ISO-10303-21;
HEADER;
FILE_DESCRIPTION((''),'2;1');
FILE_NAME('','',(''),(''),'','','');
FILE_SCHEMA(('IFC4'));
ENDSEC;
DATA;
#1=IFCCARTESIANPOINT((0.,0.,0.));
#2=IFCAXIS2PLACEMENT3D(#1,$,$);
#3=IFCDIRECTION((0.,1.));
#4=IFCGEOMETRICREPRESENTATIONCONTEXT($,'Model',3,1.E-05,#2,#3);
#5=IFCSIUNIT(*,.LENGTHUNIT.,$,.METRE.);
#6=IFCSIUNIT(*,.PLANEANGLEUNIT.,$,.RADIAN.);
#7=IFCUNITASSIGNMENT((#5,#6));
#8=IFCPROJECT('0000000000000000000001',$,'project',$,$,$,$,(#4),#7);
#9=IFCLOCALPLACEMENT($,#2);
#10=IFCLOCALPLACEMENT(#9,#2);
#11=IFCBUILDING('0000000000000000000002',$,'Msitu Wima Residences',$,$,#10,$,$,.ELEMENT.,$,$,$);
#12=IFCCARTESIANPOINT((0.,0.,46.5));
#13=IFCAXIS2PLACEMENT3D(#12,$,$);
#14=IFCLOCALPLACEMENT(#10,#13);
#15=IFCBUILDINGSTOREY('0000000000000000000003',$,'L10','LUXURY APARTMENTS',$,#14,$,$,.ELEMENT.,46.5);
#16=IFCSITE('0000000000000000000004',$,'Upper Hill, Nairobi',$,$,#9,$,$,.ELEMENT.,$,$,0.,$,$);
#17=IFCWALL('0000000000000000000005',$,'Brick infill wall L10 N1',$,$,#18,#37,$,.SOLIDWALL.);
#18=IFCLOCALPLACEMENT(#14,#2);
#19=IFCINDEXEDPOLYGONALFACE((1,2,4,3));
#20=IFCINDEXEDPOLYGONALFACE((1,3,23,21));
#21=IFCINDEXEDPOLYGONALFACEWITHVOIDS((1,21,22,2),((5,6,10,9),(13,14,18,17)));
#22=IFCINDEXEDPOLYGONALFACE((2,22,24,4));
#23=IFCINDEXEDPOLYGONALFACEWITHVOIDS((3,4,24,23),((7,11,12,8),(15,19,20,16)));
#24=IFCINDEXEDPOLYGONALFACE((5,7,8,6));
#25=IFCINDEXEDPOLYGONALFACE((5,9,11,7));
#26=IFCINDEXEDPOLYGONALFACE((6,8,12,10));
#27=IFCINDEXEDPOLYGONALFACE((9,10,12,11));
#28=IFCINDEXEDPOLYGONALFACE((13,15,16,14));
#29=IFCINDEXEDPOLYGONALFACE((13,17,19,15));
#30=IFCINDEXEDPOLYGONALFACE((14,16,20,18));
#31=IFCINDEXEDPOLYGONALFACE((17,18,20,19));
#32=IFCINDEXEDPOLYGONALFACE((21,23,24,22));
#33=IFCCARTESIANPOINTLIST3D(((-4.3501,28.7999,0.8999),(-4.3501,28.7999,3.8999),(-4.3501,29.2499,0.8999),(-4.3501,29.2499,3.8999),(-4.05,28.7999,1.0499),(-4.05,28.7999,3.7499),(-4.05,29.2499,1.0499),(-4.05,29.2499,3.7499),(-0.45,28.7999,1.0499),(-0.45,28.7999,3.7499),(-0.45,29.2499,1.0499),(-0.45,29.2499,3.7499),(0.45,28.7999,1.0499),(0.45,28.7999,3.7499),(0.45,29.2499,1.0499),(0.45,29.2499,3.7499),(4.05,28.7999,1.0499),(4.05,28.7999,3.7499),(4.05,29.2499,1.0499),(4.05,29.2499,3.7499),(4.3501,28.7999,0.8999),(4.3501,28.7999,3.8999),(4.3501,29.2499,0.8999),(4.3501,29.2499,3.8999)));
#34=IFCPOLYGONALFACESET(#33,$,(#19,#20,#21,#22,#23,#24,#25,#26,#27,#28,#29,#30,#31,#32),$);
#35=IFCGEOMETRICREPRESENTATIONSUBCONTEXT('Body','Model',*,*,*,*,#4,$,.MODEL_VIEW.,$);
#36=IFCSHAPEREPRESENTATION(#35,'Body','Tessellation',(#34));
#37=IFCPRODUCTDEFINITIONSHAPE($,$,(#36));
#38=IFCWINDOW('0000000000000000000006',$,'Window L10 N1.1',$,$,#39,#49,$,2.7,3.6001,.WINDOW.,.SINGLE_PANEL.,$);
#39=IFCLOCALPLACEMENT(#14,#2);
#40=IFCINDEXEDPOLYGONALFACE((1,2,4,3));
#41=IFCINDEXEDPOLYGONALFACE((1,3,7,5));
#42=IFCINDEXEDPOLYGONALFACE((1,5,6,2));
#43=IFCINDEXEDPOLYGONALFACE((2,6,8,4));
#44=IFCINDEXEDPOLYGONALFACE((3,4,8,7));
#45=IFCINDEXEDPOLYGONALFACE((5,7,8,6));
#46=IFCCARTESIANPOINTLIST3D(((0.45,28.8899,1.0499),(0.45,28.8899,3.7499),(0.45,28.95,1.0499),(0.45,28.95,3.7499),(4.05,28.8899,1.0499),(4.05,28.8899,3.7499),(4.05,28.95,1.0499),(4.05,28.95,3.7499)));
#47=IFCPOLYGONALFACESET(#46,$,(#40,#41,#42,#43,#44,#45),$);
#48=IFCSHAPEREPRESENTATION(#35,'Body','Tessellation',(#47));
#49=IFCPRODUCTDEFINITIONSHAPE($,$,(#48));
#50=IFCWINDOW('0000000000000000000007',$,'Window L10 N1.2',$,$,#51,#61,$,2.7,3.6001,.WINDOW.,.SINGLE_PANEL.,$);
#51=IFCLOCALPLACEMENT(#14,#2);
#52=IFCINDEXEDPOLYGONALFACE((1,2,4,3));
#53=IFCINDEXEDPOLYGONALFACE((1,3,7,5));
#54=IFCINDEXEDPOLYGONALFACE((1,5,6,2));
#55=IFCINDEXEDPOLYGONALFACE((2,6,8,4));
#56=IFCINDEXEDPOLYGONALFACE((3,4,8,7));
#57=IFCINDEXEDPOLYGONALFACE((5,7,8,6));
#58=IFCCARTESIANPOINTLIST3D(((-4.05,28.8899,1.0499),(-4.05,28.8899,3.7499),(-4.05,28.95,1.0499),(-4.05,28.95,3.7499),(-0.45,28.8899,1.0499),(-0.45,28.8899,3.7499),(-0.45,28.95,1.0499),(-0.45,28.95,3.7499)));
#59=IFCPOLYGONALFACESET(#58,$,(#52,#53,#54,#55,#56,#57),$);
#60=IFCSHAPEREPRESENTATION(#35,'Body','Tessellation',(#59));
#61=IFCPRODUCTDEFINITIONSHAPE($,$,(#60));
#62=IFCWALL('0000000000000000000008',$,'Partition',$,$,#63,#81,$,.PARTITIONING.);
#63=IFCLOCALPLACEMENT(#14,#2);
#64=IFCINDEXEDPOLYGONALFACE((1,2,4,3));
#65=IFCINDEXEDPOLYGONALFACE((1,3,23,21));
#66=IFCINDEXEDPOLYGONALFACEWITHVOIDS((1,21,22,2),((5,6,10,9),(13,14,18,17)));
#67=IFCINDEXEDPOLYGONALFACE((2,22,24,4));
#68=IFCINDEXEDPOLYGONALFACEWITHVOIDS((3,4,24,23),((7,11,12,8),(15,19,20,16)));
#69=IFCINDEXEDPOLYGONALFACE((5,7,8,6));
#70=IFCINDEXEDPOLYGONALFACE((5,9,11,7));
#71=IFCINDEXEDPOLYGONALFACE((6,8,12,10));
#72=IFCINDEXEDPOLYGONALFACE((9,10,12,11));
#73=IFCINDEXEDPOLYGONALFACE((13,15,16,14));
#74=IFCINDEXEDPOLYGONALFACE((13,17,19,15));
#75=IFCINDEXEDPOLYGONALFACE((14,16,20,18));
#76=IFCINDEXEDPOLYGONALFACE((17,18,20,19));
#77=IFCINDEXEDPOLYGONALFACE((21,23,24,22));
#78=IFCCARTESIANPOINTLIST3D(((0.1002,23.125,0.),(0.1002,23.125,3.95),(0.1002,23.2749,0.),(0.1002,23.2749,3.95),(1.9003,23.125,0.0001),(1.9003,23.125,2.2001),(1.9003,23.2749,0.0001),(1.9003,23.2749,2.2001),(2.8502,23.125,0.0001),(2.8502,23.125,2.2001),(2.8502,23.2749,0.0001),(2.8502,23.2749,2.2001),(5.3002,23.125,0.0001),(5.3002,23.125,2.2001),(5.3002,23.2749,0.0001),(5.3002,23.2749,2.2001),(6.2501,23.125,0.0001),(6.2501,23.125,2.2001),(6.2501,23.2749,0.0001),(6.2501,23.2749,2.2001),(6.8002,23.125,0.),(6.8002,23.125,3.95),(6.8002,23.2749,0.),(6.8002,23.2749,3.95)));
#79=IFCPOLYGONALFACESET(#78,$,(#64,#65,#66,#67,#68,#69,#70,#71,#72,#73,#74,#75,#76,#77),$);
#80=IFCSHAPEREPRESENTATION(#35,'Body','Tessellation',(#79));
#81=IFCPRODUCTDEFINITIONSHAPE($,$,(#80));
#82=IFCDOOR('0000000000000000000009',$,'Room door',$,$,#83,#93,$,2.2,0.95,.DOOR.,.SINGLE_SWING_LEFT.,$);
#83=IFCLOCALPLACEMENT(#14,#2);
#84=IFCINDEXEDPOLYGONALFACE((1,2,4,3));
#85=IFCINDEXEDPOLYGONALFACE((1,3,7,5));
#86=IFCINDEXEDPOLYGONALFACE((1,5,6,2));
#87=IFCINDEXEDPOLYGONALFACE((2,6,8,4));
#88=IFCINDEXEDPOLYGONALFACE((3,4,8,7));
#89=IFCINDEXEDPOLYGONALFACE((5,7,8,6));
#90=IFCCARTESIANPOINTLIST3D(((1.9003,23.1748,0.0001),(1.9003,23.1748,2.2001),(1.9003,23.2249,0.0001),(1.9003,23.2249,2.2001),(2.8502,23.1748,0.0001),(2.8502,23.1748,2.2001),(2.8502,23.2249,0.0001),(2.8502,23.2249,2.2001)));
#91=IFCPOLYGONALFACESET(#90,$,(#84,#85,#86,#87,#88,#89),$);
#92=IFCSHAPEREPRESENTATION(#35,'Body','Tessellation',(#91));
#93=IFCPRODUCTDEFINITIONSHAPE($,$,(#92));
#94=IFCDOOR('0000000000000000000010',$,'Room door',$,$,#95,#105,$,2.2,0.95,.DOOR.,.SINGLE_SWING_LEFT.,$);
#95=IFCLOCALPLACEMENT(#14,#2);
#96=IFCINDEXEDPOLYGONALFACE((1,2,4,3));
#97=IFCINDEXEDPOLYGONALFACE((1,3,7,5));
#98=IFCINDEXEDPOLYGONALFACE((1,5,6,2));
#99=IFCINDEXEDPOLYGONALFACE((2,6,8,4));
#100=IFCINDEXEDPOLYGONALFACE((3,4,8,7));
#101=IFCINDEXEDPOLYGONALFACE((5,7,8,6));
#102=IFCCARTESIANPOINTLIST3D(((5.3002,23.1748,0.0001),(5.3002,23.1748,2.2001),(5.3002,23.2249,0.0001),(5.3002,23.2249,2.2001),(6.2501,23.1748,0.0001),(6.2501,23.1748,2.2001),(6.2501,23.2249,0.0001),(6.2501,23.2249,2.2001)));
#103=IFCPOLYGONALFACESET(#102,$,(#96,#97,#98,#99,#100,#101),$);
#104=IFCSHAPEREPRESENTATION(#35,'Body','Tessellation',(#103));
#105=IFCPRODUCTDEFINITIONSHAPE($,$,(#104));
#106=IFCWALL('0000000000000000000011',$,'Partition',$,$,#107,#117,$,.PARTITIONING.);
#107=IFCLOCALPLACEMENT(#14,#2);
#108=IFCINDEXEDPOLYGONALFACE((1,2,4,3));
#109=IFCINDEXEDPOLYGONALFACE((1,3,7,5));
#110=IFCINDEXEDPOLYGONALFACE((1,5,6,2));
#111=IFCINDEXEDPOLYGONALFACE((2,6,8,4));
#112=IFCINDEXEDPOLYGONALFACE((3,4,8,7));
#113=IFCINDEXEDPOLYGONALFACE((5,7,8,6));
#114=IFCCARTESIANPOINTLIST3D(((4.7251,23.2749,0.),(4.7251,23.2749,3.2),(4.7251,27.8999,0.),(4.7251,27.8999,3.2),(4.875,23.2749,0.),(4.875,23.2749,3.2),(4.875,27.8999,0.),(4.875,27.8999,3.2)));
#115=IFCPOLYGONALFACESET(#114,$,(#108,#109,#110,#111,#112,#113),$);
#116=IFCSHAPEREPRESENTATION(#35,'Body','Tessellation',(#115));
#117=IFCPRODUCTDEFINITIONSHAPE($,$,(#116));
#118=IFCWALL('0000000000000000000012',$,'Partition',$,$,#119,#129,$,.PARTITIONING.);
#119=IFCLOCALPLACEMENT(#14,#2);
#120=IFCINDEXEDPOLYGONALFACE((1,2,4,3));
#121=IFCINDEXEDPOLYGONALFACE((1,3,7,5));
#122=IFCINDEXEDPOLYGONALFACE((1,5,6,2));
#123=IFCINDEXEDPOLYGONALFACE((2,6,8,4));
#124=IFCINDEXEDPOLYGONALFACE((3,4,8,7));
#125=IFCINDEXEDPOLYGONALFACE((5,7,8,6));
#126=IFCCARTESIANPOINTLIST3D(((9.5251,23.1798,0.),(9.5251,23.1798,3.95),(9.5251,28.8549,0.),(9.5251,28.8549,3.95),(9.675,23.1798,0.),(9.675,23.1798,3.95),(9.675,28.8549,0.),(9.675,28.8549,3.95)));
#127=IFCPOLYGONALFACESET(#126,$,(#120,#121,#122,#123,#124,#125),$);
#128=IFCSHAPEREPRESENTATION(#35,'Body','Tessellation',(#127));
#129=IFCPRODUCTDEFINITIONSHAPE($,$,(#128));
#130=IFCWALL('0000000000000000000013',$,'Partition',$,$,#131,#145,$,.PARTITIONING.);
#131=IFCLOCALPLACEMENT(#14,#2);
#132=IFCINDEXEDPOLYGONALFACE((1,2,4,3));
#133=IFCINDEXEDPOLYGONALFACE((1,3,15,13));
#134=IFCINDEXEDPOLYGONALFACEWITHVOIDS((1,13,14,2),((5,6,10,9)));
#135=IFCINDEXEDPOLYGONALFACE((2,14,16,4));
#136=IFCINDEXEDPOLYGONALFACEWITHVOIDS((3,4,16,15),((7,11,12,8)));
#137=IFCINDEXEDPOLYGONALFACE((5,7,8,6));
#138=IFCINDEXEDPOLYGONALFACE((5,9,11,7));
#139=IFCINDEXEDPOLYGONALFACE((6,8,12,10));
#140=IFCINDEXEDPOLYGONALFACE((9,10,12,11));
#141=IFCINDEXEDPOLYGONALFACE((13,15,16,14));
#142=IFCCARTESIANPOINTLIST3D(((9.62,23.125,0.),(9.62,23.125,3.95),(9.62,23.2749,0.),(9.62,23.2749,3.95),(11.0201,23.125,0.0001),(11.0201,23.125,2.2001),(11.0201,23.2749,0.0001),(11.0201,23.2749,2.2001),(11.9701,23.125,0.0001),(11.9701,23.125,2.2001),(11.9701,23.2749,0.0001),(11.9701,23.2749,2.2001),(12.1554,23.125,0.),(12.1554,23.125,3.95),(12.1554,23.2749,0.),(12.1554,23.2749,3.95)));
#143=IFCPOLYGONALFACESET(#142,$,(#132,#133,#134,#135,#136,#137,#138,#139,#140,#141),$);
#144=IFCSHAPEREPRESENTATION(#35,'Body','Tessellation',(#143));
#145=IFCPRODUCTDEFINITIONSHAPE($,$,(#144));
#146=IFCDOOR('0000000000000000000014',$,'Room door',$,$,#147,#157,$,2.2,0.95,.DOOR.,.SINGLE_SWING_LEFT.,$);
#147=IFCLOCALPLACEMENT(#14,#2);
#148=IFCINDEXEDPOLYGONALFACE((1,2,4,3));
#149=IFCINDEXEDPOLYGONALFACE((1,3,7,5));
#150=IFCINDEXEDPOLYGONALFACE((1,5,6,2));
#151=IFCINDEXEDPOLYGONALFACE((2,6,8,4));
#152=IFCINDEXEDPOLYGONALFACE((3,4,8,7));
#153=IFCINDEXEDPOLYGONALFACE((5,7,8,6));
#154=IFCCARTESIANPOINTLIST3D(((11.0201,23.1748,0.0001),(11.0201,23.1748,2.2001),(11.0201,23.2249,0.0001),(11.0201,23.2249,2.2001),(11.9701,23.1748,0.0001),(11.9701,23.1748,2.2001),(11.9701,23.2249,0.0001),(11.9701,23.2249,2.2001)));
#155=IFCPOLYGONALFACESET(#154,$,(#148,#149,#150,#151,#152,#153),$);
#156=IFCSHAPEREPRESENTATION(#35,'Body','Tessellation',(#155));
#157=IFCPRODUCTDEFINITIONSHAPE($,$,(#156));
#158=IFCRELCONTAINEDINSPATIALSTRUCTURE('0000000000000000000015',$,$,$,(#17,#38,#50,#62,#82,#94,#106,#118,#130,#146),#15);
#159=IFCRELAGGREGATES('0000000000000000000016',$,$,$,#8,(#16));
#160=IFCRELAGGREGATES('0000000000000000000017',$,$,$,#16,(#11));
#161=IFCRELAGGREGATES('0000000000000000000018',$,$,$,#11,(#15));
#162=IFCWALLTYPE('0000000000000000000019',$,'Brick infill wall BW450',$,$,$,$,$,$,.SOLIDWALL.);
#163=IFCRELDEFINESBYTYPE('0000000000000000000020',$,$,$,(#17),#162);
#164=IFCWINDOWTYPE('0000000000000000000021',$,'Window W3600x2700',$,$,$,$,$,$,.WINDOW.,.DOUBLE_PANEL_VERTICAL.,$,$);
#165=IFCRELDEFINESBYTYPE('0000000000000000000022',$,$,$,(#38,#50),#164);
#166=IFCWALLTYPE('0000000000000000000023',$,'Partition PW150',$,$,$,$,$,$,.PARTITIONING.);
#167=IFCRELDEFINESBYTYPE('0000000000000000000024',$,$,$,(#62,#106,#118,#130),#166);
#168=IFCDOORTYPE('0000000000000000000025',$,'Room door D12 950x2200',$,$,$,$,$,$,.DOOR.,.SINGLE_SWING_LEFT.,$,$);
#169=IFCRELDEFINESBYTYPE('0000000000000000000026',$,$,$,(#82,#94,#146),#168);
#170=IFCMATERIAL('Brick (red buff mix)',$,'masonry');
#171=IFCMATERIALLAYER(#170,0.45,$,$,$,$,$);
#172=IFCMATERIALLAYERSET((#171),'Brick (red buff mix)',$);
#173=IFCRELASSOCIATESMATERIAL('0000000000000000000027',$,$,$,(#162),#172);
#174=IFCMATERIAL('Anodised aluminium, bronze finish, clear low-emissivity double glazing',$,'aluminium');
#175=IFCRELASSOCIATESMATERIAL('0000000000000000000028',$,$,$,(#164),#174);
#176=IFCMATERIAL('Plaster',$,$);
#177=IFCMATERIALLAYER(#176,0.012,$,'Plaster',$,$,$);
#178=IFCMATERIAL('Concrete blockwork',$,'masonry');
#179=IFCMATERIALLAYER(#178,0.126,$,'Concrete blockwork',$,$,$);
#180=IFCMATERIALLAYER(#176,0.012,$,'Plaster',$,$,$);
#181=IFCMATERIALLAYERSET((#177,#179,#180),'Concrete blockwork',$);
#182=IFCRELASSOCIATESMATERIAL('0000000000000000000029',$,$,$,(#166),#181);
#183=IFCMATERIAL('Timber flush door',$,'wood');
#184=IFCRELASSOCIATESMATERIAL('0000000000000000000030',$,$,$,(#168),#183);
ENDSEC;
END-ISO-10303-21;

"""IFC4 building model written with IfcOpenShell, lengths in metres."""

from ifc_helpers import new_model, si_unit, direction, frame, frame_2d, origin, place, context, subcontext, project, spatial, rectangle, extrude, material, layer, layer_set, type_object, element, fill, save


model = new_model("IFC4")

# Units and contexts
model_context = context("Model", 3, precision=1e-05, world=origin(), true_north=direction((0.0, 1.0)))
body_context = subcontext(model_context, "Body", "Model", "MODEL_VIEW")
ifc_project = project(units=[si_unit("LENGTHUNIT", "METRE"), si_unit("PLANEANGLEUNIT", "RADIAN")], contexts=[model_context])

# Site, building, storey
site_placement = place(None, origin())
site = spatial("IfcSite", under=ifc_project, at=site_placement, Name="Upper Hill, Nairobi", CompositionType="ELEMENT", RefElevation=0.0)
building_placement = place(site_placement, origin())
building = spatial("IfcBuilding", under=site, at=building_placement, Name="Msitu Wima Residences", CompositionType="ELEMENT")
storey_placement = place(building_placement, frame((0.0, 0.0, 46.5)))
storey = spatial("IfcBuildingStorey", under=building, at=storey_placement, Name="L10", Description="LUXURY APARTMENTS", CompositionType="ELEMENT", Elevation=46.5)

# Shared definitions
ifc_material_1 = material(Name="Brick (red buff mix)", Category="masonry")
ifc_layer_1 = layer(ifc_material_1, 0.45)
ifc_layer_set_1 = layer_set([ifc_layer_1], Name="Brick (red buff mix)")
wall_type_1 = type_object("IfcWallType", Name="Brick infill wall BW450", PredefinedType="SOLIDWALL", material=ifc_layer_set_1)
ifc_material_2 = material(Name="Anodised aluminium, bronze finish, clear low-emissivity double glazing", Category="aluminium")
window_type = type_object("IfcWindowType", Name="Window W3600x2700", PartitioningType="DOUBLE_PANEL_VERTICAL", PredefinedType="WINDOW", material=ifc_material_2)

# Wall, openings, windows
wall_1_placement = place(storey_placement, frame((4.3501, 29.0249, 0.8999), z_axis=(0.0, 0.0, 1.0), x_axis=(-1.0, 0.0, 0.0)))
wall_1 = element("IfcWall", 1, at=wall_1_placement, inside=storey, type_object=wall_type_1, Name="Brick infill wall L10 N1", PredefinedType="SOLIDWALL", context=body_context, shape_type="SweptSolid", body=[
    extrude(rectangle(XDim=8.7002, YDim=0.45, at=frame_2d((4.3501, 0.0))), origin(), (0.0, 0.0, 1.0), 3.0),
])
opening_1_placement = place(wall_1_placement, frame((0.3, 0.0, 0.1499)))
opening_1 = element("IfcOpeningElement", 2, at=opening_1_placement, cuts=wall_1, PredefinedType="OPENING", context=body_context, shape_type="SweptSolid", body=[
    extrude(rectangle(XDim=3.6001, YDim=2.7, at=frame_2d((1.8, 1.3501))), frame((0.0, 0.2349, 0.0), z_axis=(0.0, -1.0, 0.0), x_axis=(1.0, 0.0, 0.0)), (0.0, 0.0, 1.0), 0.47),
])
opening_2_placement = place(wall_1_placement, frame((4.8, 0.0, 0.1499)))
opening_2 = element("IfcOpeningElement", 3, at=opening_2_placement, cuts=wall_1, PredefinedType="OPENING", context=body_context, shape_type="SweptSolid", body=[
    extrude(rectangle(XDim=3.6001, YDim=2.7, at=frame_2d((1.8, 1.3501))), frame((0.0, 0.2349, 0.0), z_axis=(0.0, -1.0, 0.0), x_axis=(1.0, 0.0, 0.0)), (0.0, 0.0, 1.0), 0.47),
])
window_1_placement = place(opening_1_placement, origin())
window_1 = element("IfcWindow", 4, at=window_1_placement, inside=storey, type_object=window_type, Name="Window L10 N1.1", OverallHeight=2.7, OverallWidth=3.6001, PartitioningType="SINGLE_PANEL", PredefinedType="WINDOW", context=body_context, shape_type="SweptSolid", body=[
    extrude(rectangle(XDim=3.6001, YDim=2.7, at=frame_2d((1.8, 1.3501))), frame((0.0, 0.135, 0.0), z_axis=(0.0, -1.0, 0.0), x_axis=(1.0, 0.0, 0.0)), (0.0, 0.0, 1.0), 0.0601),
])
fill(opening_1, window_1)
window_2_placement = place(opening_2_placement, origin())
window_2 = element("IfcWindow", 5, at=window_2_placement, inside=storey, type_object=window_type, Name="Window L10 N1.2", OverallHeight=2.7, OverallWidth=3.6001, PartitioningType="SINGLE_PANEL", PredefinedType="WINDOW", context=body_context, shape_type="SweptSolid", body=[
    extrude(rectangle(XDim=3.6001, YDim=2.7, at=frame_2d((1.8, 1.3501))), frame((0.0, 0.135, 0.0), z_axis=(0.0, -1.0, 0.0), x_axis=(1.0, 0.0, 0.0)), (0.0, 0.0, 1.0), 0.0601),
])
fill(opening_2, window_2)

# Wall, openings, doors
ifc_material_3 = material(Name="Plaster")
ifc_layer_2 = layer(ifc_material_3, 0.012, Name="Plaster")
ifc_material_4 = material(Name="Concrete blockwork", Category="masonry")
ifc_layer_3 = layer(ifc_material_4, 0.126, Name="Concrete blockwork")
ifc_layer_4 = layer(ifc_material_3, 0.012, Name="Plaster")
ifc_layer_set_2 = layer_set([ifc_layer_2, ifc_layer_3, ifc_layer_4], Name="Concrete blockwork")
wall_type_2 = type_object("IfcWallType", Name="Partition PW150", PredefinedType="PARTITIONING", material=ifc_layer_set_2)
wall_2_placement = place(storey_placement, frame((0.1001, 23.2, 0.0), z_axis=(0.0, 0.0, 1.0), x_axis=(1.0, 0.0, 0.0)))
wall_2 = element("IfcWall", 6, at=wall_2_placement, inside=storey, type_object=wall_type_2, Name="Partition", PredefinedType="PARTITIONING", context=body_context, shape_type="SweptSolid", body=[
    extrude(rectangle(XDim=6.7, YDim=0.1499, at=frame_2d((3.3501, 0.0))), origin(), (0.0, 0.0, 1.0), 3.95),
])
opening_3_placement = place(wall_2_placement, frame((1.8, 0.0, 0.0)))
opening_3 = element("IfcOpeningElement", 7, at=opening_3_placement, cuts=wall_2, PredefinedType="OPENING", context=body_context, shape_type="SweptSolid", body=[
    extrude(rectangle(XDim=0.95, YDim=2.2, at=frame_2d((0.4751, 1.1001))), frame((0.0, 0.085, 0.0), z_axis=(0.0, -1.0, 0.0), x_axis=(1.0, 0.0, 0.0)), (0.0, 0.0, 1.0), 0.1699),
])
opening_4_placement = place(wall_2_placement, frame((5.2, 0.0, 0.0)))
opening_4 = element("IfcOpeningElement", 8, at=opening_4_placement, cuts=wall_2, PredefinedType="OPENING", context=body_context, shape_type="SweptSolid", body=[
    extrude(rectangle(XDim=0.95, YDim=2.2, at=frame_2d((0.4751, 1.1001))), frame((0.0, 0.085, 0.0), z_axis=(0.0, -1.0, 0.0), x_axis=(1.0, 0.0, 0.0)), (0.0, 0.0, 1.0), 0.1699),
])
ifc_material_5 = material(Name="Timber flush door", Category="wood")
door_type_1 = type_object("IfcDoorType", Name="Room door D12 950x2200", OperationType="SINGLE_SWING_LEFT", PredefinedType="DOOR", material=ifc_material_5)
door_1_placement = place(opening_3_placement, origin())
door_1 = element("IfcDoor", 9, at=door_1_placement, inside=storey, type_object=door_type_1, Name="Room door", OperationType="SINGLE_SWING_LEFT", OverallHeight=2.2, OverallWidth=0.95, PredefinedType="DOOR", context=body_context, shape_type="SweptSolid", body=[
    extrude(rectangle(XDim=0.95, YDim=2.2, at=frame_2d((0.4751, 1.1001))), frame((0.0, 0.0249, 0.0), z_axis=(0.0, -1.0, 0.0), x_axis=(1.0, 0.0, 0.0)), (0.0, 0.0, 1.0), 0.05),
])
fill(opening_3, door_1)
door_2_placement = place(opening_4_placement, origin())
door_2 = element("IfcDoor", 10, at=door_2_placement, inside=storey, type_object=door_type_1, Name="Room door", OperationType="SINGLE_SWING_LEFT", OverallHeight=2.2, OverallWidth=0.95, PredefinedType="DOOR", context=body_context, shape_type="SweptSolid", body=[
    extrude(rectangle(XDim=0.95, YDim=2.2, at=frame_2d((0.4751, 1.1001))), frame((0.0, 0.0249, 0.0), z_axis=(0.0, -1.0, 0.0), x_axis=(1.0, 0.0, 0.0)), (0.0, 0.0, 1.0), 0.05),
])
fill(opening_4, door_2)

# Walls
wall_3_placement = place(storey_placement, frame((4.8, 23.2749, 0.0), z_axis=(0.0, 0.0, 1.0), x_axis=(0.0, 1.0, 0.0)))
element("IfcWall", 11, at=wall_3_placement, inside=storey, type_object=wall_type_2, Name="Partition", PredefinedType="PARTITIONING", context=body_context, shape_type="SweptSolid", body=[
    extrude(rectangle(XDim=4.625, YDim=0.1499, at=frame_2d((2.3125, 0.0))), origin(), (0.0, 0.0, 1.0), 3.2),
])
wall_4_placement = place(storey_placement, frame((9.6001, 23.1799, 0.0), z_axis=(0.0, 0.0, 1.0), x_axis=(0.0, 1.0, 0.0)))
element("IfcWall", 12, at=wall_4_placement, inside=storey, type_object=wall_type_2, Name="Partition", PredefinedType="PARTITIONING", context=body_context, shape_type="SweptSolid", body=[
    extrude(rectangle(XDim=5.675, YDim=0.1499, at=frame_2d((2.8374, 0.0))), origin(), (0.0, 0.0, 1.0), 3.95),
])

# Wall, opening, door
wall_5_placement = place(storey_placement, frame((9.6201, 23.2, 0.0), z_axis=(0.0, 0.0, 1.0), x_axis=(1.0, 0.0, 0.0)))
wall_5 = element("IfcWall", 13, at=wall_5_placement, inside=storey, type_object=wall_type_2, Name="Partition", PredefinedType="PARTITIONING", context=body_context, shape_type="SweptSolid", body=[
    extrude(rectangle(XDim=2.5354, YDim=0.1499, at=frame_2d((1.2676, 0.0))), origin(), (0.0, 0.0, 1.0), 3.95),
])
opening_5_placement = place(wall_5_placement, frame((1.3999, 0.0, 0.0)))
opening_5 = element("IfcOpeningElement", 14, at=opening_5_placement, cuts=wall_5, PredefinedType="OPENING", context=body_context, shape_type="SweptSolid", body=[
    extrude(rectangle(XDim=0.95, YDim=2.2, at=frame_2d((0.4751, 1.1001))), frame((0.0, 0.085, 0.0), z_axis=(0.0, -1.0, 0.0), x_axis=(1.0, 0.0, 0.0)), (0.0, 0.0, 1.0), 0.1699),
])
door_3_placement = place(opening_5_placement, origin())
door_3 = element("IfcDoor", 15, at=door_3_placement, inside=storey, type_object=door_type_1, Name="Room door", OperationType="SINGLE_SWING_LEFT", OverallHeight=2.2, OverallWidth=0.95, PredefinedType="DOOR", context=body_context, shape_type="SweptSolid", body=[
    extrude(rectangle(XDim=0.95, YDim=2.2, at=frame_2d((0.4751, 1.1001))), frame((0.0, 0.0249, 0.0), z_axis=(0.0, -1.0, 0.0), x_axis=(1.0, 0.0, 0.0)), (0.0, 0.0, 1.0), 0.05),
])
fill(opening_5, door_3)

save(model, "model.ifc")
